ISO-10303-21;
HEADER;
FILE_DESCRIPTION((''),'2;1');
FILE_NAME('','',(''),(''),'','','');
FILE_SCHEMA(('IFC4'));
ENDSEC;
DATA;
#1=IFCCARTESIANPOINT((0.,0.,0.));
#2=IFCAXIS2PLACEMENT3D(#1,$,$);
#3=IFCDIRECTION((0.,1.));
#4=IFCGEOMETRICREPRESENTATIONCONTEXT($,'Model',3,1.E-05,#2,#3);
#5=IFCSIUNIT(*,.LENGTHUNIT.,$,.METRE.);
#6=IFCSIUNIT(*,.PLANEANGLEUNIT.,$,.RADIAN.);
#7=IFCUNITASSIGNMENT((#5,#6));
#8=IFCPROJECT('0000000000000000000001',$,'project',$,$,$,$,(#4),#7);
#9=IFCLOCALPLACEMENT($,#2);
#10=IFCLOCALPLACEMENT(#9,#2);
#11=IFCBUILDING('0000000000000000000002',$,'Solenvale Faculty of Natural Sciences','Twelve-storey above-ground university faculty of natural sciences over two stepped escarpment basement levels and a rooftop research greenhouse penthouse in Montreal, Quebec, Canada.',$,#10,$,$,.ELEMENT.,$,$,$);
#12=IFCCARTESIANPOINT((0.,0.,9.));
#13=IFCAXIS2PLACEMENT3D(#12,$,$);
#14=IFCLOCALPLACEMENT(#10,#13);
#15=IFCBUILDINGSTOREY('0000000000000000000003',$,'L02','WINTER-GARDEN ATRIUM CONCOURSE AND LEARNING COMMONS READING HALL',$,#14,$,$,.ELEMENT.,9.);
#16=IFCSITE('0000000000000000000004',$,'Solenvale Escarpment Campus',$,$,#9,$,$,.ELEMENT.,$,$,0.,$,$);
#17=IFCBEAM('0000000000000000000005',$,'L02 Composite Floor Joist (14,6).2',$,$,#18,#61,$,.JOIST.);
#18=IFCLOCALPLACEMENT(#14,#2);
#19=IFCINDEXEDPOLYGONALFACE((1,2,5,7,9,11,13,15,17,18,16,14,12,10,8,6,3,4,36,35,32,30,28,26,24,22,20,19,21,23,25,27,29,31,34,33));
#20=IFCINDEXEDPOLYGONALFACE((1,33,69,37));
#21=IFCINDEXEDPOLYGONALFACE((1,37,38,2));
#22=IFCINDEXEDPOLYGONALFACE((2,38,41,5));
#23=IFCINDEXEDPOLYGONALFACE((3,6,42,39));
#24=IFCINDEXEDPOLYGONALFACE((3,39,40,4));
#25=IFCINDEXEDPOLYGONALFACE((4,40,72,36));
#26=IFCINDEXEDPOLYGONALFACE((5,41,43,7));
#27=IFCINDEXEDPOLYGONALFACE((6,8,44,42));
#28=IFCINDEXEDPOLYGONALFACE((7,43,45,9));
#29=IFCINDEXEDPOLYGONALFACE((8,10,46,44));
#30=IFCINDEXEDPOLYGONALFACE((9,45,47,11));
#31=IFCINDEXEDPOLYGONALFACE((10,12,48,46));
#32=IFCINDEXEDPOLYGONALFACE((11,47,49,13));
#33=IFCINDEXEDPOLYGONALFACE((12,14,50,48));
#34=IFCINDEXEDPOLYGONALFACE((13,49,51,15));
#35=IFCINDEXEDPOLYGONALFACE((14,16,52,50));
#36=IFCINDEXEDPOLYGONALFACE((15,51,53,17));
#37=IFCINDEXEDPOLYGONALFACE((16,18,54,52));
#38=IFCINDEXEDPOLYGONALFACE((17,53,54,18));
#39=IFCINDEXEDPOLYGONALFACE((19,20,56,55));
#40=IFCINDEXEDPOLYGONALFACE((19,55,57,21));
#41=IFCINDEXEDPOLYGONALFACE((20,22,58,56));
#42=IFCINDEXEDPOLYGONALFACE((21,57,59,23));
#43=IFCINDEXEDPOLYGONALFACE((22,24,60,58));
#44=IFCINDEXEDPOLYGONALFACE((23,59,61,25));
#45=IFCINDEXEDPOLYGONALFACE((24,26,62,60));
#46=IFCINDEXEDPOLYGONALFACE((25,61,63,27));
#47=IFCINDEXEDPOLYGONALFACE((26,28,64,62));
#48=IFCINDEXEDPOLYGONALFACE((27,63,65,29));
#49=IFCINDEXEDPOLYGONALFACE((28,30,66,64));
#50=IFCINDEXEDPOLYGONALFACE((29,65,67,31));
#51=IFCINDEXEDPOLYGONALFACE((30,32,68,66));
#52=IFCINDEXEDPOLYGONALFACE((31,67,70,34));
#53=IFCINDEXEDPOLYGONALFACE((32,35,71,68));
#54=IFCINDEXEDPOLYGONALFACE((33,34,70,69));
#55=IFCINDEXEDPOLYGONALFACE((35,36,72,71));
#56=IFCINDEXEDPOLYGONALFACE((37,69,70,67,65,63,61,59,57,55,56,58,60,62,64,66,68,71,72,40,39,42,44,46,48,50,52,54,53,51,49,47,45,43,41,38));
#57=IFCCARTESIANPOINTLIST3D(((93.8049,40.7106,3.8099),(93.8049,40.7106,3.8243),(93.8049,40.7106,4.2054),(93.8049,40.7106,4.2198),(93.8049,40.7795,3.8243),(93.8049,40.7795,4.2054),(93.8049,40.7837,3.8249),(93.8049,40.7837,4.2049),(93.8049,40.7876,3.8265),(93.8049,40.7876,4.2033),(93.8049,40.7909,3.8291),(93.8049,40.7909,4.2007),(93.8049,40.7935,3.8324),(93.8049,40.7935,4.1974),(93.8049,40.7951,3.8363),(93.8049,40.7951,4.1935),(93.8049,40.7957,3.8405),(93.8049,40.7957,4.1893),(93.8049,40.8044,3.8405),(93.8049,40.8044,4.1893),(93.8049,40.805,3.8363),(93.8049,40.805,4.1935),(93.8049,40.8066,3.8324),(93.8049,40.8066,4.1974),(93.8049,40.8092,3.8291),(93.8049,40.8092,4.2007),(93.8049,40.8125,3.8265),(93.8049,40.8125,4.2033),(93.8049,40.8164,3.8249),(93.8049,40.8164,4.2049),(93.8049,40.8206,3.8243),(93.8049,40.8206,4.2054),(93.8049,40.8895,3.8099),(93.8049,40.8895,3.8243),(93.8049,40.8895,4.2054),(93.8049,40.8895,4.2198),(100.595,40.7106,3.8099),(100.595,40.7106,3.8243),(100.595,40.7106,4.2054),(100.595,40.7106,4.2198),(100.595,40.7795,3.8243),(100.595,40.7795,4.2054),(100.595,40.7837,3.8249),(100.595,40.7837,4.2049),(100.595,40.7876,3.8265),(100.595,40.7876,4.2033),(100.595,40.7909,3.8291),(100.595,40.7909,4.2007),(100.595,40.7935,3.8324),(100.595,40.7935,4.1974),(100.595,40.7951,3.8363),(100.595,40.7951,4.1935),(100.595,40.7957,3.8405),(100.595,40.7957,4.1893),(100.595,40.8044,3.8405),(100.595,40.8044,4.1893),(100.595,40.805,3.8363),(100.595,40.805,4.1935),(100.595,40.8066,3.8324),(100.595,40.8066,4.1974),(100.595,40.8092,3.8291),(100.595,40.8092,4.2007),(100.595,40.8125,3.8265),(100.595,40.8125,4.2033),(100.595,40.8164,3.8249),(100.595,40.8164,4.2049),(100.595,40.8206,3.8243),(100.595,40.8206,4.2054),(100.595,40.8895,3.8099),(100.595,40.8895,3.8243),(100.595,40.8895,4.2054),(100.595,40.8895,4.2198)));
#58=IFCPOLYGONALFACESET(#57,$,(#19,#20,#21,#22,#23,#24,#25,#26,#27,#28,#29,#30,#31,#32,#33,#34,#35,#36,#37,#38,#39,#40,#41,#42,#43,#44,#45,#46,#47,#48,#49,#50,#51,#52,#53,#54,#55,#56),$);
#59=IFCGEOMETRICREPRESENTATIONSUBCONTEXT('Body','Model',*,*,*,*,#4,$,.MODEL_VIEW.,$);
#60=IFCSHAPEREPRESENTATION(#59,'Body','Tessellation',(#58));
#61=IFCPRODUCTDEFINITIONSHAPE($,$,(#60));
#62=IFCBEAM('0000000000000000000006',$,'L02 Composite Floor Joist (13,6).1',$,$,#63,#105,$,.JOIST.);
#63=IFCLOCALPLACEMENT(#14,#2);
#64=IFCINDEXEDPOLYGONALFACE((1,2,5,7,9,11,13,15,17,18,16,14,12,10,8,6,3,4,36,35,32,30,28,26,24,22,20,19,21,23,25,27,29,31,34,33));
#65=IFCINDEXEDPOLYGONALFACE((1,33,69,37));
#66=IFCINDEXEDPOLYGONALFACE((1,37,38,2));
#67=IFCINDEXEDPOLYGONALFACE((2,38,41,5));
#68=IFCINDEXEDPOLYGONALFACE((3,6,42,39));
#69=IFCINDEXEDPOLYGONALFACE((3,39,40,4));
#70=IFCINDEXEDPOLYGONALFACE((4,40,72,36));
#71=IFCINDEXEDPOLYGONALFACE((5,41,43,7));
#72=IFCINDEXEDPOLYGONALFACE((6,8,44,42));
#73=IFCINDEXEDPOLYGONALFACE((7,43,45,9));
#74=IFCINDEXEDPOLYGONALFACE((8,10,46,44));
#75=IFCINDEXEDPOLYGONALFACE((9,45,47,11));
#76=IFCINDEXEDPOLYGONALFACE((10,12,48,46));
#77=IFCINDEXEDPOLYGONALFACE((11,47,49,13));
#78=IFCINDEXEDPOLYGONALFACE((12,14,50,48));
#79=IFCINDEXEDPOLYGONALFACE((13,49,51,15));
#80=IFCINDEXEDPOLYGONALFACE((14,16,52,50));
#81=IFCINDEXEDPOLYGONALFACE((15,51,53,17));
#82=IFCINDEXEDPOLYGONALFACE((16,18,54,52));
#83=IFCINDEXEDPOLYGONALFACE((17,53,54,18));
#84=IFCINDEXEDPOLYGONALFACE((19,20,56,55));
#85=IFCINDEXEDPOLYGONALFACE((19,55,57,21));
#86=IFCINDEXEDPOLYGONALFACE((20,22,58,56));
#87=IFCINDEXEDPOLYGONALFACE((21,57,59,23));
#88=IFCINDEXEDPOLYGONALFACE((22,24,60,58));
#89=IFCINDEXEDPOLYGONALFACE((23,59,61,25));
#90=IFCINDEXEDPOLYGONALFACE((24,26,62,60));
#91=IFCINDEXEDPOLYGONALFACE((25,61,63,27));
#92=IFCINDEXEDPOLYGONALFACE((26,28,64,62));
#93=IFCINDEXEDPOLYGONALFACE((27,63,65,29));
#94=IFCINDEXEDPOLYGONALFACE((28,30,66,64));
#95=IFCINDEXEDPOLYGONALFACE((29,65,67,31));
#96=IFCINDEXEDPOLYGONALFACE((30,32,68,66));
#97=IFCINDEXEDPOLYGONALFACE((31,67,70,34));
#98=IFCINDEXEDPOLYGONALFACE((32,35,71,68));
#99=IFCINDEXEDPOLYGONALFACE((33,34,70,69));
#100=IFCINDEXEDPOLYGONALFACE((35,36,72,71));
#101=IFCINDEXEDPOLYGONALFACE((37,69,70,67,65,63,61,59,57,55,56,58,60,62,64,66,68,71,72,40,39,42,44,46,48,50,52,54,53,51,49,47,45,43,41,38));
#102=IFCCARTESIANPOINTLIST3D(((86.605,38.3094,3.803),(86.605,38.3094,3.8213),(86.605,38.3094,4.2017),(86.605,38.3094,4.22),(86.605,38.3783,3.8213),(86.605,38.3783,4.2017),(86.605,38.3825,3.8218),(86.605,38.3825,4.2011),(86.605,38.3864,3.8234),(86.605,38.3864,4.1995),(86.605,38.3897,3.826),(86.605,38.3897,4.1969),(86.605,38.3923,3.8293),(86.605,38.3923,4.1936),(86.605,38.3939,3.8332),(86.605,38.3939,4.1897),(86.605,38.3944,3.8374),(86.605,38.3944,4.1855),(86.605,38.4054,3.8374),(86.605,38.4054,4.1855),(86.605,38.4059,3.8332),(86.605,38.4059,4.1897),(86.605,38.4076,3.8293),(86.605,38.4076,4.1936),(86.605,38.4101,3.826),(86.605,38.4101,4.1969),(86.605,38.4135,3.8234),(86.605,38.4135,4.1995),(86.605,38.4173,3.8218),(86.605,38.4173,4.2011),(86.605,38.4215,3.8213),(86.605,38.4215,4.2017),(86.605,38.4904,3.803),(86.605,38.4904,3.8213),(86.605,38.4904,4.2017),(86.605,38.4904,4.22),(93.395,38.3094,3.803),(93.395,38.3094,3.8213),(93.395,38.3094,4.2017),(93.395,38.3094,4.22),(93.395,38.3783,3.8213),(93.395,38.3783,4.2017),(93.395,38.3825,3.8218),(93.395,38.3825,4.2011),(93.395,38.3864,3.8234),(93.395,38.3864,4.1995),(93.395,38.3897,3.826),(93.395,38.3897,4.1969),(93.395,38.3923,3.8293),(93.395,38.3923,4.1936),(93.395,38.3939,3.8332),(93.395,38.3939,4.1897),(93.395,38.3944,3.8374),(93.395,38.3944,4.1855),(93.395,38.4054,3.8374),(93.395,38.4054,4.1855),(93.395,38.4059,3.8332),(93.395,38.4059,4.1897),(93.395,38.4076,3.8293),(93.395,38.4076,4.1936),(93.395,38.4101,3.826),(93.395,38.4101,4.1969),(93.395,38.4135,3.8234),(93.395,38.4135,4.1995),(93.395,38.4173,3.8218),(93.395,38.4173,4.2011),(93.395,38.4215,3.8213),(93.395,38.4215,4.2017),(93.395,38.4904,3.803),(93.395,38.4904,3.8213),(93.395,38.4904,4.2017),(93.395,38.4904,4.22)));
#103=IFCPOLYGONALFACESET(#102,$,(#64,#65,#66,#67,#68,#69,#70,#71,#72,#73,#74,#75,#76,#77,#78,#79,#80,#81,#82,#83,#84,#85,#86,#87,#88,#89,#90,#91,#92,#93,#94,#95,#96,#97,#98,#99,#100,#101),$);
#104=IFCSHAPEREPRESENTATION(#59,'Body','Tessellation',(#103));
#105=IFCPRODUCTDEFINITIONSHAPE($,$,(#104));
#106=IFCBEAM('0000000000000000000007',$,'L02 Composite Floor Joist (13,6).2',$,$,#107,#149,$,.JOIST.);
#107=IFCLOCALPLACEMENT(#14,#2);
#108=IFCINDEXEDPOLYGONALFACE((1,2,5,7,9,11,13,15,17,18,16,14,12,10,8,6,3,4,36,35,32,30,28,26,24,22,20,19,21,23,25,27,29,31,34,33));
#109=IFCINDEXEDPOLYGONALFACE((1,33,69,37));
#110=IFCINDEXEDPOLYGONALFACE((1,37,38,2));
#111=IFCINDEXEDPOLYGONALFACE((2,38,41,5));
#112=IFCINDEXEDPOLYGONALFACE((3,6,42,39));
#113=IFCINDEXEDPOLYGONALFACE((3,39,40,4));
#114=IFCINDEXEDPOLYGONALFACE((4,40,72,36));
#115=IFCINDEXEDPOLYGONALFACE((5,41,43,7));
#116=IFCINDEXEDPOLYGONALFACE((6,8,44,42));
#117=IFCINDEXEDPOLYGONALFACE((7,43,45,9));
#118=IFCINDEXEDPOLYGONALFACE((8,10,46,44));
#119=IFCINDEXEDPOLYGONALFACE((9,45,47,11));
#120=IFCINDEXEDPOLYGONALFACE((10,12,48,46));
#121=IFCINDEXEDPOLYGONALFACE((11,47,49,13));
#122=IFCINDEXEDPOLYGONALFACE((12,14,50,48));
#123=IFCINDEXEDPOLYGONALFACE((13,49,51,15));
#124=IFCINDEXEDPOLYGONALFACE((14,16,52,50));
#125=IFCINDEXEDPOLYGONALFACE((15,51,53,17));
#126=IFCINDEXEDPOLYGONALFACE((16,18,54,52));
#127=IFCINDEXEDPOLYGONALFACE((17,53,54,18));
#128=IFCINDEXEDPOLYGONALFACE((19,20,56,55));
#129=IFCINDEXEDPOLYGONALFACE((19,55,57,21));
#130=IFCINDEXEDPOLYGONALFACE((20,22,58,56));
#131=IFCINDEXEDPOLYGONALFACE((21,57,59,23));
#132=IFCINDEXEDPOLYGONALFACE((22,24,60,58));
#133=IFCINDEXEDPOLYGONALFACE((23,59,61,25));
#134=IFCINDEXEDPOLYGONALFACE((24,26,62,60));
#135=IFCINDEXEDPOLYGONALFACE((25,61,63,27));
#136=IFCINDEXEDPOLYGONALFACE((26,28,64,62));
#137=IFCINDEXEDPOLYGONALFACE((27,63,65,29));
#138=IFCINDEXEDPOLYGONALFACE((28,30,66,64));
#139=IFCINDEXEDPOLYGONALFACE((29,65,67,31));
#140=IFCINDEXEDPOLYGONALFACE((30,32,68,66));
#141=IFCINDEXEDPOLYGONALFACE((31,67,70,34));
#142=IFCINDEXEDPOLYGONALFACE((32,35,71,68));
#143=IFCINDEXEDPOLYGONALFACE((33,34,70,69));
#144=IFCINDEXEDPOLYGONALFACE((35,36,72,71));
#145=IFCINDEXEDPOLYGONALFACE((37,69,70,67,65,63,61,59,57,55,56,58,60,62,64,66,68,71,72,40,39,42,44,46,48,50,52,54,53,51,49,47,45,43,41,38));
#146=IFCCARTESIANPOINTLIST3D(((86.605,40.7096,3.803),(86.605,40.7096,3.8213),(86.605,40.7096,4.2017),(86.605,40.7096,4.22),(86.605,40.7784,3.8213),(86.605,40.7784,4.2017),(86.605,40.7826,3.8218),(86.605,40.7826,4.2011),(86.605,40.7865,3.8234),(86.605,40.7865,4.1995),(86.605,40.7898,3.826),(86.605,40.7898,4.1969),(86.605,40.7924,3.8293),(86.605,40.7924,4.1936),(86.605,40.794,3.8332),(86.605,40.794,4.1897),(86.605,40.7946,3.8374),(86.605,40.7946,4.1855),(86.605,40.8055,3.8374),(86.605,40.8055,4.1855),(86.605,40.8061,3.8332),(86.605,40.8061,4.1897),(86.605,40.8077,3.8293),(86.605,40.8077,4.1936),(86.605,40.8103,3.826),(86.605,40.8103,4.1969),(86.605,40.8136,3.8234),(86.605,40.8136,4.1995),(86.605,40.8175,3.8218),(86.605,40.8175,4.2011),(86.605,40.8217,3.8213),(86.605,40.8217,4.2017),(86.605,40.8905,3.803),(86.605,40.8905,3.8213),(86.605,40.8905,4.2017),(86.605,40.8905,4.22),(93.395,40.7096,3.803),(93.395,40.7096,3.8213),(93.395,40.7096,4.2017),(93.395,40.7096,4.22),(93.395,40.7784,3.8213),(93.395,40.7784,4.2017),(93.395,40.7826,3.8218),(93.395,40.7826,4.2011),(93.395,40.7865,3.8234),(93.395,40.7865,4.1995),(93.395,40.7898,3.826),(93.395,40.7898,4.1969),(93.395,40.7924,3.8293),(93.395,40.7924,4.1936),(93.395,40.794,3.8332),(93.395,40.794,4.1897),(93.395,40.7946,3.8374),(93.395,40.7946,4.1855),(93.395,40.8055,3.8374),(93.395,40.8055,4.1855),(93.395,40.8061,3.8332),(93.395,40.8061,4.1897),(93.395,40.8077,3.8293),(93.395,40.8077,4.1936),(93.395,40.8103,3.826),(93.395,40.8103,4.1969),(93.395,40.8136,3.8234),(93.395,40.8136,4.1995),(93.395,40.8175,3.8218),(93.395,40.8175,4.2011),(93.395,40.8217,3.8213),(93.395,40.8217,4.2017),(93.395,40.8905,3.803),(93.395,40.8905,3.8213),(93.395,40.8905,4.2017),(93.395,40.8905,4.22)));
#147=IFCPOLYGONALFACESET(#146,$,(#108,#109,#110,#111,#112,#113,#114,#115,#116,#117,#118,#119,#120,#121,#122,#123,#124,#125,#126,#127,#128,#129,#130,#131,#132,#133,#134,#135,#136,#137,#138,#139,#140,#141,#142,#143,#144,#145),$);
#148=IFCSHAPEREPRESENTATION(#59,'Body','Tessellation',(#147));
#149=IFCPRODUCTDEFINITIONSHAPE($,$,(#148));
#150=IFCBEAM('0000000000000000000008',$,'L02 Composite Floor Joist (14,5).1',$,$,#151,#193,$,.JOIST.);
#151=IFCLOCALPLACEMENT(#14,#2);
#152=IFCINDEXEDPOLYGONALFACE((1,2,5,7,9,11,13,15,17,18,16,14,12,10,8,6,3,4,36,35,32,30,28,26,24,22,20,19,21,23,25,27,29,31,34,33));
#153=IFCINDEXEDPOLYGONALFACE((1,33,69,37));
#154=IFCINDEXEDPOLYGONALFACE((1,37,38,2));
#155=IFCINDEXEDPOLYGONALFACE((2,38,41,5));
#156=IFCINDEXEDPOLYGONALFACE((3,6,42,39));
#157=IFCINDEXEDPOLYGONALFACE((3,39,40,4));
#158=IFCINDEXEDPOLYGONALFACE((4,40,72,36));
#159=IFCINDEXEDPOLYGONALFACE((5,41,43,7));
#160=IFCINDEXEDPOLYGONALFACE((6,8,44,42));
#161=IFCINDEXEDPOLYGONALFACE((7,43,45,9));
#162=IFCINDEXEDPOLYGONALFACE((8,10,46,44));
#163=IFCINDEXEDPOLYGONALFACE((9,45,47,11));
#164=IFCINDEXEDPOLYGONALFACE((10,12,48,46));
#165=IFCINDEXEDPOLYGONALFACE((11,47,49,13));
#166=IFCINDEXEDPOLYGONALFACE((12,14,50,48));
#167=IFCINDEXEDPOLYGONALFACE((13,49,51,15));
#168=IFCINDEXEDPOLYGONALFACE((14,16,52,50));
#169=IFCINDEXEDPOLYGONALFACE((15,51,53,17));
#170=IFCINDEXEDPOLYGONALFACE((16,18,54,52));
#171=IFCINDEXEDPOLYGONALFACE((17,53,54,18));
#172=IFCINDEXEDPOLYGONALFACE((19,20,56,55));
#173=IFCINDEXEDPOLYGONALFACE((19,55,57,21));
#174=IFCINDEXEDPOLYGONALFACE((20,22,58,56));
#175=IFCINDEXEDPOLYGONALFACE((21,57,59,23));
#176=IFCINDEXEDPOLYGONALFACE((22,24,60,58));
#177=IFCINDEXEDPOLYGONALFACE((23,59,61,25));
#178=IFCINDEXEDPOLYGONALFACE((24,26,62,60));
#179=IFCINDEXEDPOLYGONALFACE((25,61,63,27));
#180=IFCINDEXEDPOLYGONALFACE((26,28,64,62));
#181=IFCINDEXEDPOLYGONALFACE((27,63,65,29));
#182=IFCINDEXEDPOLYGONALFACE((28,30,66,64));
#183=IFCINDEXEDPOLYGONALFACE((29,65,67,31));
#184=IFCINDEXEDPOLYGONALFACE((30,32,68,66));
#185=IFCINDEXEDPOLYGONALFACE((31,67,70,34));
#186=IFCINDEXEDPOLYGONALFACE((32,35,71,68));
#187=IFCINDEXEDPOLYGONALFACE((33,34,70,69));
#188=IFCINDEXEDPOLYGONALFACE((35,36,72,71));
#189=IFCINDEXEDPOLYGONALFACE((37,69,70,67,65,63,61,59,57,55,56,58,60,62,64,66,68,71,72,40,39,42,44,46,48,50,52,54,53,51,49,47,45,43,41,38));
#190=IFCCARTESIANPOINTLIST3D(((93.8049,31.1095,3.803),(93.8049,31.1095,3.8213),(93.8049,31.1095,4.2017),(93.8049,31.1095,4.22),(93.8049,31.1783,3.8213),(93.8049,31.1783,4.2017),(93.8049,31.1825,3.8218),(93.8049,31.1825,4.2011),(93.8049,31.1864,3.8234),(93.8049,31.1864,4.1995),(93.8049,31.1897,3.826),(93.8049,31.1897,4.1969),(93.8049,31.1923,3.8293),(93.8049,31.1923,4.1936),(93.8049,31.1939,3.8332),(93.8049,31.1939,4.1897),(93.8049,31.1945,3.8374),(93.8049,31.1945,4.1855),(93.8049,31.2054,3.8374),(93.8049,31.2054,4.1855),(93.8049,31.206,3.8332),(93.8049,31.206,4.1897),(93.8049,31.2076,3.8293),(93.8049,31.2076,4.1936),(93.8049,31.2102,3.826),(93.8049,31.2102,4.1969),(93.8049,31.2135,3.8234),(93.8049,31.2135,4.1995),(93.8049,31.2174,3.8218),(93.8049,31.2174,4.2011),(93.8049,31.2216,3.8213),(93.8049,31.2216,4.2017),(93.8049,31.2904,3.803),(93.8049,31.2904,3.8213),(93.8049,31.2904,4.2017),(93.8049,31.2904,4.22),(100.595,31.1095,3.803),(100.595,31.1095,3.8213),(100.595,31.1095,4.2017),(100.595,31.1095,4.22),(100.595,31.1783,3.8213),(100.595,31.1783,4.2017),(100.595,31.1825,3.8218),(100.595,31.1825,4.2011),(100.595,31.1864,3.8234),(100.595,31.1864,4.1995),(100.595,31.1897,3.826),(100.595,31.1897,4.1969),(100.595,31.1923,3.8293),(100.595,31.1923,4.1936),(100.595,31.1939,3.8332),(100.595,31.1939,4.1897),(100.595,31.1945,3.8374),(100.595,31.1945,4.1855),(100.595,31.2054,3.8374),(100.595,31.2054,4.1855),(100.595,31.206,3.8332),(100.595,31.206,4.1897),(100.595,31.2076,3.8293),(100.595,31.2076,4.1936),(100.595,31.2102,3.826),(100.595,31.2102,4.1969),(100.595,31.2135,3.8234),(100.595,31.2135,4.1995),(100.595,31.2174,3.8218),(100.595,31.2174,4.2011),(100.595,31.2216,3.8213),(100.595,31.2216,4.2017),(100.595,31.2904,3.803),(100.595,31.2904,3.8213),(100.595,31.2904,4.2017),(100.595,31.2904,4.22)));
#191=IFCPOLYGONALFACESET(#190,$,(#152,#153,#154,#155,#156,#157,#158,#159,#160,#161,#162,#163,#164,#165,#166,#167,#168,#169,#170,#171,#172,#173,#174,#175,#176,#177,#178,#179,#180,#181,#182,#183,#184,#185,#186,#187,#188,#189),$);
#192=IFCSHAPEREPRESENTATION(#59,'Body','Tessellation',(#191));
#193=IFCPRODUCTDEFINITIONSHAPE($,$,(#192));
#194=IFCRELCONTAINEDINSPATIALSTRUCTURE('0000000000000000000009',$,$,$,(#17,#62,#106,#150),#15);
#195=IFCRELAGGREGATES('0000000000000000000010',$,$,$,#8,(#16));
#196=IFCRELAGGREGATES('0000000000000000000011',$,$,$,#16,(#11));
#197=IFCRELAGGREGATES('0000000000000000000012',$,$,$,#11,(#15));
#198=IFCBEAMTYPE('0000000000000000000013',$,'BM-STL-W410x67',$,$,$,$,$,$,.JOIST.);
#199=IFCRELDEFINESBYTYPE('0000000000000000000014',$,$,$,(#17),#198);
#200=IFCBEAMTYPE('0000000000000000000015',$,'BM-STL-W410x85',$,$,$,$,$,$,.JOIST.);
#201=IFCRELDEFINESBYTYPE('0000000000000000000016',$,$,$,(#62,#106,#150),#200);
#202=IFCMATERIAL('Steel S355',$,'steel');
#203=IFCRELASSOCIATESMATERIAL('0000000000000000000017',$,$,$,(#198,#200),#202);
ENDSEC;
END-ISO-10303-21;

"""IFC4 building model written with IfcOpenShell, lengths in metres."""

from ifc_helpers import new_model, si_unit, direction, frame, origin, origin_2d, place, context, subcontext, project, spatial, i_section, extrude, material, material_profile, profile_set, type_object, element, save


model = new_model("IFC4")

# Units and contexts
model_context = context("Model", 3, precision=1e-05, world=origin(), true_north=direction((0.0, 1.0)))
body_context = subcontext(model_context, "Body", "Model", "MODEL_VIEW")
ifc_project = project(units=[si_unit("LENGTHUNIT", "METRE"), si_unit("PLANEANGLEUNIT", "RADIAN")], contexts=[model_context])

# Site, building, storey
site_placement = place(None, origin())
site = spatial("IfcSite", under=ifc_project, at=site_placement, Name="Solenvale Escarpment Campus", CompositionType="ELEMENT", RefElevation=0.0)
building_placement = place(site_placement, origin())
building = spatial("IfcBuilding", under=site, at=building_placement, Name="Solenvale Faculty of Natural Sciences", Description="Twelve-storey above-ground university faculty of natural sciences over two stepped escarpment basement levels and a rooftop research greenhouse penthouse in Montreal, Quebec, Canada.", CompositionType="ELEMENT")
storey_placement = place(building_placement, frame((0.0, 0.0, 9.0)))
storey = spatial("IfcBuildingStorey", under=building, at=storey_placement, Name="L02", Description="WINTER-GARDEN ATRIUM CONCOURSE AND LEARNING COMMONS READING HALL", CompositionType="ELEMENT", Elevation=9.0)

# Beams
ifc_material_1 = material(Name="Steel S355", Category="steel")
ifc_material_profile_1 = material_profile(ifc_material_1, i_section(OverallWidth=0.179, OverallDepth=0.4099, WebThickness=0.0088, FlangeThickness=0.0144, FilletRadius=0.0161, at=origin_2d()), Name="W410x67")
ifc_profile_set_1 = profile_set([ifc_material_profile_1], Name="Steel S355")
beam_type_1 = type_object("IfcBeamType", Name="BM-STL-W410x67", PredefinedType="JOIST", material=ifc_profile_set_1)
for number, where, z_axis, x_axis, name in (
    (1, (93.8049, 40.8, 4.0149), (1.0, 0.0, 0.0), (0.0, 1.0, 0.0), "L02 Composite Floor Joist (14,6).2"),
):
    element("IfcBeam", number, at=place(storey_placement, frame(where, z_axis=z_axis, x_axis=x_axis)), inside=storey, type_object=beam_type_1, Name=name, PredefinedType="JOIST", context=body_context, shape_type="SweptSolid", body=[
        extrude(i_section(OverallWidth=0.179, OverallDepth=0.4099, WebThickness=0.0088, FlangeThickness=0.0144, FilletRadius=0.0161, at=origin_2d()), origin(), (0.0, 0.0, 1.0), 6.79),
    ])
ifc_material_profile_2 = material_profile(ifc_material_1, i_section(OverallWidth=0.1809, OverallDepth=0.417, WebThickness=0.011, FlangeThickness=0.0183, FilletRadius=0.0161, at=origin_2d()), Name="W410x85")
ifc_profile_set_2 = profile_set([ifc_material_profile_2], Name="Steel S355")
beam_type_2 = type_object("IfcBeamType", Name="BM-STL-W410x85", PredefinedType="JOIST", material=ifc_profile_set_2)
for number, where, z_axis, x_axis, name in (
    (2, (86.605, 38.3999, 4.0115), (1.0, 0.0, 0.0), (0.0, 1.0, 0.0), "L02 Composite Floor Joist (13,6).1"),
    (3, (86.605, 40.8, 4.0115), (1.0, 0.0, 0.0), (0.0, 1.0, 0.0), "L02 Composite Floor Joist (13,6).2"),
    (4, (93.8049, 31.2, 4.0115), (1.0, 0.0, 0.0), (0.0, 1.0, 0.0), "L02 Composite Floor Joist (14,5).1"),
):
    element("IfcBeam", number, at=place(storey_placement, frame(where, z_axis=z_axis, x_axis=x_axis)), inside=storey, type_object=beam_type_2, Name=name, PredefinedType="JOIST", context=body_context, shape_type="SweptSolid", body=[
        extrude(i_section(OverallWidth=0.1809, OverallDepth=0.417, WebThickness=0.011, FlangeThickness=0.0183, FilletRadius=0.0161, at=origin_2d()), origin(), (0.0, 0.0, 1.0), 6.79),
    ])

save(model, "model.ifc")
